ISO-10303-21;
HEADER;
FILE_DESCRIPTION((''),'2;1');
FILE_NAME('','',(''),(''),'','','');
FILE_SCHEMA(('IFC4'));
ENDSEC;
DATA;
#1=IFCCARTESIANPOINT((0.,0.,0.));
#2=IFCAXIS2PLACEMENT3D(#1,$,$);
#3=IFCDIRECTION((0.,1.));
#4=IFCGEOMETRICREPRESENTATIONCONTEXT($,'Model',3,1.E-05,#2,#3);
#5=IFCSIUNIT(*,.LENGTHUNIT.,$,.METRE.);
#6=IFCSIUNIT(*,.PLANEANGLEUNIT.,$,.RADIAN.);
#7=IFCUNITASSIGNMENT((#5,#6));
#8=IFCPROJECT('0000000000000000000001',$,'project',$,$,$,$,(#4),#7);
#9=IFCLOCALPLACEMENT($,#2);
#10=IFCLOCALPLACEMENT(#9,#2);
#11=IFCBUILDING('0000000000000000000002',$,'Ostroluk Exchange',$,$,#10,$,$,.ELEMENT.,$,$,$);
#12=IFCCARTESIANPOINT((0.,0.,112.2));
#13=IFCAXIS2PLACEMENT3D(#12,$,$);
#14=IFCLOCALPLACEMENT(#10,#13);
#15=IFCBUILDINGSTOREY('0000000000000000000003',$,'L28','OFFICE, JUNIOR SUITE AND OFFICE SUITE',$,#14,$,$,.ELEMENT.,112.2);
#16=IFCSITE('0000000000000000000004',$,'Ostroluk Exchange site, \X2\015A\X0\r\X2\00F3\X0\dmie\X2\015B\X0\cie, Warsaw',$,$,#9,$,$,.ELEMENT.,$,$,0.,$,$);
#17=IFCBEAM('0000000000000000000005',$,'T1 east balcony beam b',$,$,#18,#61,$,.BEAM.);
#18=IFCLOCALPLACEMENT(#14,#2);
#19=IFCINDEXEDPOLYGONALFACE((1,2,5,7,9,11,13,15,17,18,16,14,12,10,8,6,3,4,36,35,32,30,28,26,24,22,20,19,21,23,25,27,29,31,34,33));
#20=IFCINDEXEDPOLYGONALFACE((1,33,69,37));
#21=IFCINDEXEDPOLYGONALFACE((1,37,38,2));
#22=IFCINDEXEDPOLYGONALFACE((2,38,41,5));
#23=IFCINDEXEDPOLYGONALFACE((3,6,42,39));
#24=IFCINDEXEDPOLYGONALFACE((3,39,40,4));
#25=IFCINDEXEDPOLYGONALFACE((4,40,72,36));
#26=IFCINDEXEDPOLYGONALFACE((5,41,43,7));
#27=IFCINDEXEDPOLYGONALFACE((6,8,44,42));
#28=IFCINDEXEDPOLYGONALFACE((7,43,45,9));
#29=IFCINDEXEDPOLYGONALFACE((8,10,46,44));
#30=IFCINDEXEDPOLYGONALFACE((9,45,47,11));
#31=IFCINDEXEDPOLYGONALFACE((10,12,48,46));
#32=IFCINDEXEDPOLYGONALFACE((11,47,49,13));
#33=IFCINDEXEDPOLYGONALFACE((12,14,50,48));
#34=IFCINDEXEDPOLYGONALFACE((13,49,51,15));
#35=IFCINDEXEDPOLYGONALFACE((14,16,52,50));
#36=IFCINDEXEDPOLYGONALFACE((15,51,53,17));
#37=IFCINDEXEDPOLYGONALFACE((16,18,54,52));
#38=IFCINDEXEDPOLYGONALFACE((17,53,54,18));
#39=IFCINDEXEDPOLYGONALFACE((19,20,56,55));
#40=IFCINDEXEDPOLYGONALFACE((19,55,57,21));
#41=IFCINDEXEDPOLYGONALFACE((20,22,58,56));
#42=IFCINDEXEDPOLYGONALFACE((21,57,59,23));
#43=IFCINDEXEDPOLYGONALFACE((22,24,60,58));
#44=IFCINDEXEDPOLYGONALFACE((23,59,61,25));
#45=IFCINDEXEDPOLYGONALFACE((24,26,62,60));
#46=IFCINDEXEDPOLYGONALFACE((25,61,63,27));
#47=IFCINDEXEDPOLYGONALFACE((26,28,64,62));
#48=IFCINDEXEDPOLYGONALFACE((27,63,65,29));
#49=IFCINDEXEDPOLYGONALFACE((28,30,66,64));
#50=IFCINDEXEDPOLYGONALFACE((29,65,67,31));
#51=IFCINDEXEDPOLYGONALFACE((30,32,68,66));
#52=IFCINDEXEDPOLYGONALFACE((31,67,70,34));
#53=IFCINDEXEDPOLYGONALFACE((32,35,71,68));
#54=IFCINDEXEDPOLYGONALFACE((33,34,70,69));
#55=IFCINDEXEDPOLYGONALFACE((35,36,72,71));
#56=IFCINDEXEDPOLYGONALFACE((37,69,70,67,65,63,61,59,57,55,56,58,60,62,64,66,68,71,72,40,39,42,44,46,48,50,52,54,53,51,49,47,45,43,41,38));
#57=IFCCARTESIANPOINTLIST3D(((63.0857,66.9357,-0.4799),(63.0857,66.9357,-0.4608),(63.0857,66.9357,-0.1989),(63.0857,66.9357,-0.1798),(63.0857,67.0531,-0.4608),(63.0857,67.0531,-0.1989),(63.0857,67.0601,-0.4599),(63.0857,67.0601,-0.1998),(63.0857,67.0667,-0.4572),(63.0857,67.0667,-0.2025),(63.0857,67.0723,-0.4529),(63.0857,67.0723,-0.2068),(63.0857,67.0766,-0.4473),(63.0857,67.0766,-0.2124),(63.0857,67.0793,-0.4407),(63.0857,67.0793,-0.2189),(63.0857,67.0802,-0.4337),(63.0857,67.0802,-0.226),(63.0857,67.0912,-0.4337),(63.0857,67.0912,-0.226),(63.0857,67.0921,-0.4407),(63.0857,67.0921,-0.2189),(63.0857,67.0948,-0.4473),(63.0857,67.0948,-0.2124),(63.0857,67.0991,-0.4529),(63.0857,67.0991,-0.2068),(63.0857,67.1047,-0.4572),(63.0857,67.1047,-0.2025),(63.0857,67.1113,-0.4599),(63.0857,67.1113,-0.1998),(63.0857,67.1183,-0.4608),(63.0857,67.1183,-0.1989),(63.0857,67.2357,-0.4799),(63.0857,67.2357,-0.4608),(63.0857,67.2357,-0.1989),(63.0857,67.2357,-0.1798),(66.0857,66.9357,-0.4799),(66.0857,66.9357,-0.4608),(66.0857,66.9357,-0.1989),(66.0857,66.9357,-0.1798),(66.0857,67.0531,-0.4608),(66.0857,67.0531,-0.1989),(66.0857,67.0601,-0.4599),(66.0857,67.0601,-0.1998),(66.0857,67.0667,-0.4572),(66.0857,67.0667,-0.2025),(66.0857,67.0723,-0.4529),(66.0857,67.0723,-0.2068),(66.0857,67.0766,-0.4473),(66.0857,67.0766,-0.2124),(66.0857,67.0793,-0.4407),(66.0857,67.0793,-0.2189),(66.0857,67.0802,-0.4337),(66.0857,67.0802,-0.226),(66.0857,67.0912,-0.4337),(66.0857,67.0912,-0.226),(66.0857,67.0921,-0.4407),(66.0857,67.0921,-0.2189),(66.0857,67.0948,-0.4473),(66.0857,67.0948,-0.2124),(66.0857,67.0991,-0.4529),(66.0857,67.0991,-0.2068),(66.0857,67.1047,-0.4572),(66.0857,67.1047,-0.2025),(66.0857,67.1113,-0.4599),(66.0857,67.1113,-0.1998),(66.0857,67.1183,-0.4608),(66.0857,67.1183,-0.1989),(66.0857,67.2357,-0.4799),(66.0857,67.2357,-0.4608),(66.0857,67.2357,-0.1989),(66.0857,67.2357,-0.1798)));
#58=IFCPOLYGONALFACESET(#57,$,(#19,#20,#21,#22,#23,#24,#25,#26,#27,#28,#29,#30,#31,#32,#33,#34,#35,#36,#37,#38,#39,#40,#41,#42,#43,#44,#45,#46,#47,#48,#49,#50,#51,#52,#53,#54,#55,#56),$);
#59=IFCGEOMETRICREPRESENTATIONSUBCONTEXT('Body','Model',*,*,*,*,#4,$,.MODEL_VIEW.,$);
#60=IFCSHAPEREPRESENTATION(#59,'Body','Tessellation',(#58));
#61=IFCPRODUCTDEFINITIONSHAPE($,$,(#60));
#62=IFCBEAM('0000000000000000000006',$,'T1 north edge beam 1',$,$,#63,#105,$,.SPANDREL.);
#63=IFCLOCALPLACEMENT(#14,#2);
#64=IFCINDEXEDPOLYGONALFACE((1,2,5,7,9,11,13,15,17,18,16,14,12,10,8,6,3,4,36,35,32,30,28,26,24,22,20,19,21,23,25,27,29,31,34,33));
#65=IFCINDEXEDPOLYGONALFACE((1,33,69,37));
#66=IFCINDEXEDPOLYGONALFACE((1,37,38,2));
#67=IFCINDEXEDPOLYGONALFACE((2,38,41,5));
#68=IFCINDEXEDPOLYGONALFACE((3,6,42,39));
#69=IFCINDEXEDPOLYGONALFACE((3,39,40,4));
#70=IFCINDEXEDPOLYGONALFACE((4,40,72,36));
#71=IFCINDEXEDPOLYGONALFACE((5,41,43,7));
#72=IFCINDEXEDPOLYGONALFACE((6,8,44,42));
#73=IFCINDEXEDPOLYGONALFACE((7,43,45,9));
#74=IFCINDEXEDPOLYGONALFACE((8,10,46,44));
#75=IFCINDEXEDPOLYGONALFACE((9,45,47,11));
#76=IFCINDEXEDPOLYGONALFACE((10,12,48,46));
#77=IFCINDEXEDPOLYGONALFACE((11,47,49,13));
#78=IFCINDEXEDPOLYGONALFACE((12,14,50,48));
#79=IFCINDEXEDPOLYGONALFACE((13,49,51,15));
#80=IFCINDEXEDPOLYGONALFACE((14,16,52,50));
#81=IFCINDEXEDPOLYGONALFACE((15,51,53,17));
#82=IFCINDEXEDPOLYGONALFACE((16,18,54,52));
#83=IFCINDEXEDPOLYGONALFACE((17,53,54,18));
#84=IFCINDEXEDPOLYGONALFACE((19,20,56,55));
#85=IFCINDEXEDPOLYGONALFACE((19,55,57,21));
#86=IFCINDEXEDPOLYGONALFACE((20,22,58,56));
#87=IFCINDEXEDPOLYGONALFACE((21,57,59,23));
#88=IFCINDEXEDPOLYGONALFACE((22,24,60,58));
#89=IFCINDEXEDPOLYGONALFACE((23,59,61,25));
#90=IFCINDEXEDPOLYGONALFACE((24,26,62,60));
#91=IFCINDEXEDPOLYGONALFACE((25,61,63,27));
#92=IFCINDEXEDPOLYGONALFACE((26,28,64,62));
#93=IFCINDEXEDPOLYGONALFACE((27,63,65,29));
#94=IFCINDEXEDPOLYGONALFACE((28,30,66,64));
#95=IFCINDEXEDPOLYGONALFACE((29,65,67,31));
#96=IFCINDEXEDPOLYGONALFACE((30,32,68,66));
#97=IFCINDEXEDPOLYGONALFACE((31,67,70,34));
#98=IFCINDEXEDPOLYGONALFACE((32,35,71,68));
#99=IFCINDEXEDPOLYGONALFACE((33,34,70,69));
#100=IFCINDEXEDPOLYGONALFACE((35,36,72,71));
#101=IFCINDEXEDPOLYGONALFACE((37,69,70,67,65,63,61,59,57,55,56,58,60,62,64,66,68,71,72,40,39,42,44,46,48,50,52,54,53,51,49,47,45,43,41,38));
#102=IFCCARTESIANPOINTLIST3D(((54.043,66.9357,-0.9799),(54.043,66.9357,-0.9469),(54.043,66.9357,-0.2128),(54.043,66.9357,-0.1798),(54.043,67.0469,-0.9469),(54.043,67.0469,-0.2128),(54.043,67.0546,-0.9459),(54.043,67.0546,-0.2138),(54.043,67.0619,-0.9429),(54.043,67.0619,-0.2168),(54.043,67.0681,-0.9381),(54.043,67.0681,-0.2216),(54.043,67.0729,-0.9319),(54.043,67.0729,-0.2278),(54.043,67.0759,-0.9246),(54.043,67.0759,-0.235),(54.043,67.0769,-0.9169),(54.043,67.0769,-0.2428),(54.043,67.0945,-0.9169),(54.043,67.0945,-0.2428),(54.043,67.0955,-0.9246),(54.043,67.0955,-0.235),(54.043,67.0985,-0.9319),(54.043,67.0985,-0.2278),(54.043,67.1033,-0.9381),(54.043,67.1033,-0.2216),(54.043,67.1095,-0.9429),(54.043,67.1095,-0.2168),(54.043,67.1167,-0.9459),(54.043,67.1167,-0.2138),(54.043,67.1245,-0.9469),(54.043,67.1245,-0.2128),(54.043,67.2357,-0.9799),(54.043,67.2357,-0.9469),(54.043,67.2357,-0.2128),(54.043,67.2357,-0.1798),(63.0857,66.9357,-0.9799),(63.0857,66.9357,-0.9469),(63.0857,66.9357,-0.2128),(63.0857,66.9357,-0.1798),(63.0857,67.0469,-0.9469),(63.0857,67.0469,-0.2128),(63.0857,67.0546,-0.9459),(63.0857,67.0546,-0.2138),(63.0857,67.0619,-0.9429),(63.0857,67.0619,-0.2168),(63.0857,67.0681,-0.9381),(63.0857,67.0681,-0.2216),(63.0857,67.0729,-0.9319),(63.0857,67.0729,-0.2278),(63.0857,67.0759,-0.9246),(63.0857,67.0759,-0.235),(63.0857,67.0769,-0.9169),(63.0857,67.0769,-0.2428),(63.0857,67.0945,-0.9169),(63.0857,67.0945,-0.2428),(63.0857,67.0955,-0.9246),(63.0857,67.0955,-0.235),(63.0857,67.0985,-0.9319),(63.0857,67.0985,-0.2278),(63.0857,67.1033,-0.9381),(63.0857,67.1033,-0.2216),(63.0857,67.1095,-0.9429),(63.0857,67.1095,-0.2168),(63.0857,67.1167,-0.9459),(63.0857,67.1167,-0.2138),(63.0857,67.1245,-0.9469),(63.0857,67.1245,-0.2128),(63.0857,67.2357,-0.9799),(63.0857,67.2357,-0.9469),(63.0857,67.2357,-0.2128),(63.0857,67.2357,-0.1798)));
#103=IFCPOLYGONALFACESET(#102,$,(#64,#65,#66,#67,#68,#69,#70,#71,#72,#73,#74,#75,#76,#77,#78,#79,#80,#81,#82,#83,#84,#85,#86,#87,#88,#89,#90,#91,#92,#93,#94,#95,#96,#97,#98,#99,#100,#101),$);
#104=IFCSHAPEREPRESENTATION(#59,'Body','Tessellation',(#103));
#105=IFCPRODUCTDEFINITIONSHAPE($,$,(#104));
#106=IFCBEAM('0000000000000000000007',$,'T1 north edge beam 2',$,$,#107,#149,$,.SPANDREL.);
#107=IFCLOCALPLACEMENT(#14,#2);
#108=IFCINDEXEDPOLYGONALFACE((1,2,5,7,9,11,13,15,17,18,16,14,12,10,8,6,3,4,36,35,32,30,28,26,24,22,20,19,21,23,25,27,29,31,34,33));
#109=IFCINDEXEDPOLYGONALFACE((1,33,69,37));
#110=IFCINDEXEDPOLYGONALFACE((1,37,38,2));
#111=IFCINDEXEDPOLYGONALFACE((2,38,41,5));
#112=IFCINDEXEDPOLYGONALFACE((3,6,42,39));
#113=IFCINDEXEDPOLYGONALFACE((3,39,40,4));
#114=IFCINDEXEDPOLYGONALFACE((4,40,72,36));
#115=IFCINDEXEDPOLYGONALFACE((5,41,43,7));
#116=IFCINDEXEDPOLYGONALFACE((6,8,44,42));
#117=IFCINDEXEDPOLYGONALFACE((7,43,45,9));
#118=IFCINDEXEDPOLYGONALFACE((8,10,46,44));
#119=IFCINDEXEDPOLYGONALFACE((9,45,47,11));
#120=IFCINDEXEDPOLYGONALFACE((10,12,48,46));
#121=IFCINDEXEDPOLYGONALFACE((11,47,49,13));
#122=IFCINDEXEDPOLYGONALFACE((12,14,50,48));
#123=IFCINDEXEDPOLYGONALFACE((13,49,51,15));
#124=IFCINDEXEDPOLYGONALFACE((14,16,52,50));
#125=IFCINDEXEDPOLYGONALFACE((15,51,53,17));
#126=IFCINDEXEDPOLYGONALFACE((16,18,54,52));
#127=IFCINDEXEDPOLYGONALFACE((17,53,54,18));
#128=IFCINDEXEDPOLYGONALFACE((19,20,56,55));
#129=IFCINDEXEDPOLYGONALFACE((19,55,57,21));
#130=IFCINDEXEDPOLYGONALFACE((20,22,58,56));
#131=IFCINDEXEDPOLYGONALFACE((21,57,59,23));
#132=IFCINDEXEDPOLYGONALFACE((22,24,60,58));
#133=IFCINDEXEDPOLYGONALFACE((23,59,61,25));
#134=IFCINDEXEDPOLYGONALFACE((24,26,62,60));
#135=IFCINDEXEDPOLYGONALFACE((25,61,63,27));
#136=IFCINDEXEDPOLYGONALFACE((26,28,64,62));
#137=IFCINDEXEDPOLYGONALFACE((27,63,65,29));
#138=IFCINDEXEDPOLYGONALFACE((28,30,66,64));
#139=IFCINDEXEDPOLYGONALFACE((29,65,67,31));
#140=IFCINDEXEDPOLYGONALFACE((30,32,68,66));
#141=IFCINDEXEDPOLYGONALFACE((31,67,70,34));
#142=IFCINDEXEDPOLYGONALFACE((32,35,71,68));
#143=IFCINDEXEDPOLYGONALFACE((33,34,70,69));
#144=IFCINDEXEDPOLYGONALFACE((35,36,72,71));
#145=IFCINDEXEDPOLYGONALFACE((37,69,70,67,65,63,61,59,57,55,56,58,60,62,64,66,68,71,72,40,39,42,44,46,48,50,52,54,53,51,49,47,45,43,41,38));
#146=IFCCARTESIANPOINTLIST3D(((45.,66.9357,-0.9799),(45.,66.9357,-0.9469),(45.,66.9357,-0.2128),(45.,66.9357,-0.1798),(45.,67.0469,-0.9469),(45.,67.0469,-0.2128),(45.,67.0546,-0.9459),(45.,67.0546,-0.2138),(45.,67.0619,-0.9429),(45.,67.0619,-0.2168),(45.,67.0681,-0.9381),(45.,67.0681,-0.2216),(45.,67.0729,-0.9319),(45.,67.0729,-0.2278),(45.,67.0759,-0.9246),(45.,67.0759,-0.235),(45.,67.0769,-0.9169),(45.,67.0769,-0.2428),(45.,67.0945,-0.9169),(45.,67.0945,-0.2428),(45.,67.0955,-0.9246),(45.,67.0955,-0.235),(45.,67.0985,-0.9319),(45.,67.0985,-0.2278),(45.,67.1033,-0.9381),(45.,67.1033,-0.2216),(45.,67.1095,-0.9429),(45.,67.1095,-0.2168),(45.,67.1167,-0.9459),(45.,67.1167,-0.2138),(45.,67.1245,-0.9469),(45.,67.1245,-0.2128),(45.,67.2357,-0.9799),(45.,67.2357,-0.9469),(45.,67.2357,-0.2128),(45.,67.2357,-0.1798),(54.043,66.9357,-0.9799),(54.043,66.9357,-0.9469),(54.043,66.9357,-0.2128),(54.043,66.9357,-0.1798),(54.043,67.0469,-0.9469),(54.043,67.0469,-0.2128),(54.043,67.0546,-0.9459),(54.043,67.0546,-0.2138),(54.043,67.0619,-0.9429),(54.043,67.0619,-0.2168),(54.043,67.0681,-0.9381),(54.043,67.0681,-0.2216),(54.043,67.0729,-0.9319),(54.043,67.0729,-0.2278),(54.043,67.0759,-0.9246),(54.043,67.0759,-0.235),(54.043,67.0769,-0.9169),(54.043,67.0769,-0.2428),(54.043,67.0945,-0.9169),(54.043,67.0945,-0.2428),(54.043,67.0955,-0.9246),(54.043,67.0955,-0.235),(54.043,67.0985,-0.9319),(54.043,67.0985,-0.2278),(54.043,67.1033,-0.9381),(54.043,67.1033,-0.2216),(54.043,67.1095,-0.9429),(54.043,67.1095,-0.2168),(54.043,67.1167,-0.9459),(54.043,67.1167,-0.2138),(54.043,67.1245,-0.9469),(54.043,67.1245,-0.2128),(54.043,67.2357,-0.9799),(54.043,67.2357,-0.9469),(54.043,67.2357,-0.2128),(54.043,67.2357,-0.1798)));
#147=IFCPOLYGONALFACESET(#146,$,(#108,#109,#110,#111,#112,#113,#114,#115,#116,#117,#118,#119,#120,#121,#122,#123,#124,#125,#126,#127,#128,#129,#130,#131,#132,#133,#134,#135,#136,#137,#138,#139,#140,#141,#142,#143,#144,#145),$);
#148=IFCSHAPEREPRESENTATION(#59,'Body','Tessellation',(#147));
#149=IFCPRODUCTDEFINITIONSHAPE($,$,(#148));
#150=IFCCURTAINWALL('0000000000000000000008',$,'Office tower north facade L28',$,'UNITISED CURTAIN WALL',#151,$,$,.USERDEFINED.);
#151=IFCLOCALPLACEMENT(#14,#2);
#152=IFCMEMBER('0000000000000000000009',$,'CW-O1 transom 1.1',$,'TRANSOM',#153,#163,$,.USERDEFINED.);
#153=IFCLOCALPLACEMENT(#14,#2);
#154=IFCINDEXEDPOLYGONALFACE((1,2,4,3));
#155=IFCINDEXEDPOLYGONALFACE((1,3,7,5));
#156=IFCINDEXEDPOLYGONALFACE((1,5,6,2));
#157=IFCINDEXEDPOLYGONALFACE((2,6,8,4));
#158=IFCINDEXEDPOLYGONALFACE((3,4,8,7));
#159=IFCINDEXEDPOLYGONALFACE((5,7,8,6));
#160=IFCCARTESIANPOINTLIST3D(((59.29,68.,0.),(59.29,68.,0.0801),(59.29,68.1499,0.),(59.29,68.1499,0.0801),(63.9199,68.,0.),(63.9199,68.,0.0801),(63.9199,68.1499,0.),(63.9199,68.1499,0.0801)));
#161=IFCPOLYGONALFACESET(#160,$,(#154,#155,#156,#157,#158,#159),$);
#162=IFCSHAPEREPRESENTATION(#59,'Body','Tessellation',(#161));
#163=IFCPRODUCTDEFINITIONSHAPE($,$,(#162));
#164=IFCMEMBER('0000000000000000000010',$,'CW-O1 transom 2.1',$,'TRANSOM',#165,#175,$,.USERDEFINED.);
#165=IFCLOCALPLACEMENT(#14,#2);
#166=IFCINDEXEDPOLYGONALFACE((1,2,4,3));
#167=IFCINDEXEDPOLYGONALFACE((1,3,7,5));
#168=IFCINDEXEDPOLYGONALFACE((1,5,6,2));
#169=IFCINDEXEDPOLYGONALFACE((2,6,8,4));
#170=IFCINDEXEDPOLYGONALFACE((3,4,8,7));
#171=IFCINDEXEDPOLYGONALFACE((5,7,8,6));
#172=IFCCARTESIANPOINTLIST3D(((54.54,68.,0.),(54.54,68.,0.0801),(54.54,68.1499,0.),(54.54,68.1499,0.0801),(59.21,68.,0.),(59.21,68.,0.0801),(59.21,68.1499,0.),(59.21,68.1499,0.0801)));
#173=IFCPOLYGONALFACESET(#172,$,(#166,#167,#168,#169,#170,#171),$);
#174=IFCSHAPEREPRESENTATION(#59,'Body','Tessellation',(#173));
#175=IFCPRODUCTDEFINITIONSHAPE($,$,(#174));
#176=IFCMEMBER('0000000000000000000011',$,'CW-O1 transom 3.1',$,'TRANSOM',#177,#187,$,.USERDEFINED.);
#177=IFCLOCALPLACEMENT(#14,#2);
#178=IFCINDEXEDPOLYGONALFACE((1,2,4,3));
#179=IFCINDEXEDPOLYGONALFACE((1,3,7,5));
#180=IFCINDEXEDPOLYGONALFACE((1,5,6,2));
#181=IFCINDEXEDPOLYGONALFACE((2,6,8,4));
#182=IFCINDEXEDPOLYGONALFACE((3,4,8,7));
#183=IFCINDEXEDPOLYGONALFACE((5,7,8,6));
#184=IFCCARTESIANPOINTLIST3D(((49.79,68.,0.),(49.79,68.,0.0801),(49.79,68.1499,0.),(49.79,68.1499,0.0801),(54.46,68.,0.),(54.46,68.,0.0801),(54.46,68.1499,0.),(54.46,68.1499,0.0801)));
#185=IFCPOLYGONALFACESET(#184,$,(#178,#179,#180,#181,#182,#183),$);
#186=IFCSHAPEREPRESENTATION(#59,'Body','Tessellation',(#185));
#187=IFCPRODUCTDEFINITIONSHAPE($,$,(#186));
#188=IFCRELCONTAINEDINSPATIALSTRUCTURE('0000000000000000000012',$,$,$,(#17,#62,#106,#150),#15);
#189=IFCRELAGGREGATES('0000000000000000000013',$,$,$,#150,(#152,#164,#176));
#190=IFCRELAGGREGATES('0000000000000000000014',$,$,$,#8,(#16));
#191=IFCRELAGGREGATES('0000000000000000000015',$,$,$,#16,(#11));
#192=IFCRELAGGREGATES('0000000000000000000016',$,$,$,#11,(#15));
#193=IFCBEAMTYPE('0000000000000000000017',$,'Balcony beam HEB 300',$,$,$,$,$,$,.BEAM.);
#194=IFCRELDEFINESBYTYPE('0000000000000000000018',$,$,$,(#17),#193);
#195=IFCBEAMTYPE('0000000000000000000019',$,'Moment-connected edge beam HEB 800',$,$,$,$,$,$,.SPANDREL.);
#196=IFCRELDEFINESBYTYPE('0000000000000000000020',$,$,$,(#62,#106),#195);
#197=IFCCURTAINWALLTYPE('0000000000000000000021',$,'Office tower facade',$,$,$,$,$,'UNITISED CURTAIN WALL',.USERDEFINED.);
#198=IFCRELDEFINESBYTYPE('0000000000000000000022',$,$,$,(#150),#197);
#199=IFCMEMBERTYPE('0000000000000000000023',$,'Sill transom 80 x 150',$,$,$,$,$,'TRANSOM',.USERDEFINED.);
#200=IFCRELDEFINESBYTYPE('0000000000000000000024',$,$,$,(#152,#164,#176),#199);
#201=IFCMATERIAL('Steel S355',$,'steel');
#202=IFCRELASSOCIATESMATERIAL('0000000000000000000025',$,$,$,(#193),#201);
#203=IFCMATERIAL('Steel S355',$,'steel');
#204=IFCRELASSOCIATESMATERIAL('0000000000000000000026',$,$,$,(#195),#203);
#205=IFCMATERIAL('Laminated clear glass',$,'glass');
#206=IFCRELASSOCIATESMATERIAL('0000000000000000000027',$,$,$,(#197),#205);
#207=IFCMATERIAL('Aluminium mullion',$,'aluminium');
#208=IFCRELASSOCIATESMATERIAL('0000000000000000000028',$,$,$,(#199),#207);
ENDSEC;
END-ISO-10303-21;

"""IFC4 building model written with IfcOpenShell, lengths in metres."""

from ifc_helpers import new_model, si_unit, direction, frame, origin, origin_2d, place, context, subcontext, project, spatial, rectangle, i_section, extrude, material, material_profile, profile_set, type_object, element, aggregate, save


model = new_model("IFC4")

# Units and contexts
model_context = context("Model", 3, precision=1e-05, world=origin(), true_north=direction((0.0, 1.0)))
body_context = subcontext(model_context, "Body", "Model", "MODEL_VIEW")
ifc_project = project(units=[si_unit("LENGTHUNIT", "METRE"), si_unit("PLANEANGLEUNIT", "RADIAN")], contexts=[model_context])

# Site, building, storey
site_placement = place(None, origin())
site = spatial("IfcSite", under=ifc_project, at=site_placement, Name="Ostroluk Exchange site, Śródmieście, Warsaw", CompositionType="ELEMENT", RefElevation=0.0)
building_placement = place(site_placement, origin())
building = spatial("IfcBuilding", under=site, at=building_placement, Name="Ostroluk Exchange", CompositionType="ELEMENT")
storey_placement = place(building_placement, frame((0.0, 0.0, 112.2)))
storey = spatial("IfcBuildingStorey", under=building, at=storey_placement, Name="L28", Description="OFFICE, JUNIOR SUITE AND OFFICE SUITE", CompositionType="ELEMENT", Elevation=112.2)

# Beams
ifc_material_1 = material(Name="Steel S355", Category="steel")
ifc_material_profile_1 = material_profile(ifc_material_1, i_section(OverallWidth=0.3, OverallDepth=0.3, WebThickness=0.011, FlangeThickness=0.019, FilletRadius=0.0271, at=origin_2d()), Name="HEB 300")
ifc_profile_set_1 = profile_set([ifc_material_profile_1], Name="Steel S355")
beam_type_1 = type_object("IfcBeamType", Name="Balcony beam HEB 300", PredefinedType="BEAM", material=ifc_profile_set_1)
beam_1_placement = place(storey_placement, frame((63.0857, 67.0857, -0.3298), z_axis=(1.0, 0.0, 0.0), x_axis=(0.0, 1.0, 0.0)))
element("IfcBeam", 1, at=beam_1_placement, inside=storey, type_object=beam_type_1, Name="T1 east balcony beam b", PredefinedType="BEAM", context=body_context, shape_type="SweptSolid", body=[
    extrude(i_section(OverallWidth=0.3, OverallDepth=0.3, WebThickness=0.011, FlangeThickness=0.019, FilletRadius=0.0271, at=origin_2d()), origin(), (0.0, 0.0, 1.0), 3.0),
])
ifc_material_2 = material(Name="Steel S355", Category="steel")
ifc_material_profile_2 = material_profile(ifc_material_2, i_section(OverallWidth=0.3, OverallDepth=0.8, WebThickness=0.0176, FlangeThickness=0.033, FilletRadius=0.03, at=origin_2d()), Name="HEB 800")
ifc_profile_set_2 = profile_set([ifc_material_profile_2], Name="Steel S355")
beam_type_2 = type_object("IfcBeamType", Name="Moment-connected edge beam HEB 800", PredefinedType="SPANDREL", material=ifc_profile_set_2)
beam_2_placement = place(storey_placement, frame((63.0857, 67.0857, -0.5798), z_axis=(-1.0, 0.0, 0.0), x_axis=(0.0, -1.0, 0.0)))
element("IfcBeam", 2, at=beam_2_placement, inside=storey, type_object=beam_type_2, Name="T1 north edge beam 1", PredefinedType="SPANDREL", context=body_context, shape_type="SweptSolid", body=[
    extrude(i_section(OverallWidth=0.3, OverallDepth=0.8, WebThickness=0.0176, FlangeThickness=0.033, FilletRadius=0.03, at=origin_2d()), origin(), (0.0, 0.0, 1.0), 9.0427),
])
beam_3_placement = place(storey_placement, frame((54.043, 67.0857, -0.5798), z_axis=(-1.0, 0.0, 0.0), x_axis=(0.0, -1.0, 0.0)))
element("IfcBeam", 3, at=beam_3_placement, inside=storey, type_object=beam_type_2, Name="T1 north edge beam 2", PredefinedType="SPANDREL", context=body_context, shape_type="SweptSolid", body=[
    extrude(i_section(OverallWidth=0.3, OverallDepth=0.8, WebThickness=0.0176, FlangeThickness=0.033, FilletRadius=0.03, at=origin_2d()), origin(), (0.0, 0.0, 1.0), 9.043),
])

# Curtain wall, members
ifc_material_3 = material(Name="Laminated clear glass", Category="glass")
curtain_wall_type = type_object("IfcCurtainWallType", Name="Office tower facade", ElementType="UNITISED CURTAIN WALL", PredefinedType="USERDEFINED", material=ifc_material_3)
curtain_wall_placement = place(storey_placement, origin())
curtain_wall = element("IfcCurtainWall", 4, at=curtain_wall_placement, inside=storey, type_object=curtain_wall_type, Name="Office tower north facade L28", ObjectType="UNITISED CURTAIN WALL", PredefinedType="USERDEFINED")
ifc_material_4 = material(Name="Aluminium mullion", Category="aluminium")
ifc_material_profile_3 = material_profile(ifc_material_4, rectangle(XDim=0.1499, YDim=0.0801, at=origin_2d()), Name="Sill transom 80 x 150")
ifc_profile_set_3 = profile_set([ifc_material_profile_3], Name="Aluminium mullion")
member_type_1 = type_object("IfcMemberType", Name="Sill transom 80 x 150", ElementType="TRANSOM", PredefinedType="USERDEFINED", material=ifc_profile_set_3)
member_1_placement = place(storey_placement, frame((63.9199, 68.075, 0.04), z_axis=(-1.0, 0.0, 0.0), x_axis=(0.0, -1.0, 0.0)))
member_1 = element("IfcMember", 5, at=member_1_placement, type_object=member_type_1, Name="CW-O1 transom 1.1", ObjectType="TRANSOM", PredefinedType="USERDEFINED", context=body_context, shape_type="SweptSolid", body=[
    extrude(rectangle(XDim=0.1499, YDim=0.0801, at=origin_2d()), origin(), (0.0, 0.0, 1.0), 4.6299),
])
member_2_placement = place(storey_placement, frame((59.21, 68.075, 0.04), z_axis=(-1.0, 0.0, 0.0), x_axis=(0.0, -1.0, 0.0)))
member_2 = element("IfcMember", 6, at=member_2_placement, type_object=member_type_1, Name="CW-O1 transom 2.1", ObjectType="TRANSOM", PredefinedType="USERDEFINED", context=body_context, shape_type="SweptSolid", body=[
    extrude(rectangle(XDim=0.1499, YDim=0.0801, at=origin_2d()), origin(), (0.0, 0.0, 1.0), 4.6699),
])
member_3_placement = place(storey_placement, frame((54.46, 68.075, 0.04), z_axis=(-1.0, 0.0, 0.0), x_axis=(0.0, -1.0, 0.0)))
member_3 = element("IfcMember", 7, at=member_3_placement, type_object=member_type_1, Name="CW-O1 transom 3.1", ObjectType="TRANSOM", PredefinedType="USERDEFINED", context=body_context, shape_type="SweptSolid", body=[
    extrude(rectangle(XDim=0.1499, YDim=0.0801, at=origin_2d()), origin(), (0.0, 0.0, 1.0), 4.6699),
])
aggregate(curtain_wall, [member_1, member_2, member_3])

save(model, "model.ifc")
